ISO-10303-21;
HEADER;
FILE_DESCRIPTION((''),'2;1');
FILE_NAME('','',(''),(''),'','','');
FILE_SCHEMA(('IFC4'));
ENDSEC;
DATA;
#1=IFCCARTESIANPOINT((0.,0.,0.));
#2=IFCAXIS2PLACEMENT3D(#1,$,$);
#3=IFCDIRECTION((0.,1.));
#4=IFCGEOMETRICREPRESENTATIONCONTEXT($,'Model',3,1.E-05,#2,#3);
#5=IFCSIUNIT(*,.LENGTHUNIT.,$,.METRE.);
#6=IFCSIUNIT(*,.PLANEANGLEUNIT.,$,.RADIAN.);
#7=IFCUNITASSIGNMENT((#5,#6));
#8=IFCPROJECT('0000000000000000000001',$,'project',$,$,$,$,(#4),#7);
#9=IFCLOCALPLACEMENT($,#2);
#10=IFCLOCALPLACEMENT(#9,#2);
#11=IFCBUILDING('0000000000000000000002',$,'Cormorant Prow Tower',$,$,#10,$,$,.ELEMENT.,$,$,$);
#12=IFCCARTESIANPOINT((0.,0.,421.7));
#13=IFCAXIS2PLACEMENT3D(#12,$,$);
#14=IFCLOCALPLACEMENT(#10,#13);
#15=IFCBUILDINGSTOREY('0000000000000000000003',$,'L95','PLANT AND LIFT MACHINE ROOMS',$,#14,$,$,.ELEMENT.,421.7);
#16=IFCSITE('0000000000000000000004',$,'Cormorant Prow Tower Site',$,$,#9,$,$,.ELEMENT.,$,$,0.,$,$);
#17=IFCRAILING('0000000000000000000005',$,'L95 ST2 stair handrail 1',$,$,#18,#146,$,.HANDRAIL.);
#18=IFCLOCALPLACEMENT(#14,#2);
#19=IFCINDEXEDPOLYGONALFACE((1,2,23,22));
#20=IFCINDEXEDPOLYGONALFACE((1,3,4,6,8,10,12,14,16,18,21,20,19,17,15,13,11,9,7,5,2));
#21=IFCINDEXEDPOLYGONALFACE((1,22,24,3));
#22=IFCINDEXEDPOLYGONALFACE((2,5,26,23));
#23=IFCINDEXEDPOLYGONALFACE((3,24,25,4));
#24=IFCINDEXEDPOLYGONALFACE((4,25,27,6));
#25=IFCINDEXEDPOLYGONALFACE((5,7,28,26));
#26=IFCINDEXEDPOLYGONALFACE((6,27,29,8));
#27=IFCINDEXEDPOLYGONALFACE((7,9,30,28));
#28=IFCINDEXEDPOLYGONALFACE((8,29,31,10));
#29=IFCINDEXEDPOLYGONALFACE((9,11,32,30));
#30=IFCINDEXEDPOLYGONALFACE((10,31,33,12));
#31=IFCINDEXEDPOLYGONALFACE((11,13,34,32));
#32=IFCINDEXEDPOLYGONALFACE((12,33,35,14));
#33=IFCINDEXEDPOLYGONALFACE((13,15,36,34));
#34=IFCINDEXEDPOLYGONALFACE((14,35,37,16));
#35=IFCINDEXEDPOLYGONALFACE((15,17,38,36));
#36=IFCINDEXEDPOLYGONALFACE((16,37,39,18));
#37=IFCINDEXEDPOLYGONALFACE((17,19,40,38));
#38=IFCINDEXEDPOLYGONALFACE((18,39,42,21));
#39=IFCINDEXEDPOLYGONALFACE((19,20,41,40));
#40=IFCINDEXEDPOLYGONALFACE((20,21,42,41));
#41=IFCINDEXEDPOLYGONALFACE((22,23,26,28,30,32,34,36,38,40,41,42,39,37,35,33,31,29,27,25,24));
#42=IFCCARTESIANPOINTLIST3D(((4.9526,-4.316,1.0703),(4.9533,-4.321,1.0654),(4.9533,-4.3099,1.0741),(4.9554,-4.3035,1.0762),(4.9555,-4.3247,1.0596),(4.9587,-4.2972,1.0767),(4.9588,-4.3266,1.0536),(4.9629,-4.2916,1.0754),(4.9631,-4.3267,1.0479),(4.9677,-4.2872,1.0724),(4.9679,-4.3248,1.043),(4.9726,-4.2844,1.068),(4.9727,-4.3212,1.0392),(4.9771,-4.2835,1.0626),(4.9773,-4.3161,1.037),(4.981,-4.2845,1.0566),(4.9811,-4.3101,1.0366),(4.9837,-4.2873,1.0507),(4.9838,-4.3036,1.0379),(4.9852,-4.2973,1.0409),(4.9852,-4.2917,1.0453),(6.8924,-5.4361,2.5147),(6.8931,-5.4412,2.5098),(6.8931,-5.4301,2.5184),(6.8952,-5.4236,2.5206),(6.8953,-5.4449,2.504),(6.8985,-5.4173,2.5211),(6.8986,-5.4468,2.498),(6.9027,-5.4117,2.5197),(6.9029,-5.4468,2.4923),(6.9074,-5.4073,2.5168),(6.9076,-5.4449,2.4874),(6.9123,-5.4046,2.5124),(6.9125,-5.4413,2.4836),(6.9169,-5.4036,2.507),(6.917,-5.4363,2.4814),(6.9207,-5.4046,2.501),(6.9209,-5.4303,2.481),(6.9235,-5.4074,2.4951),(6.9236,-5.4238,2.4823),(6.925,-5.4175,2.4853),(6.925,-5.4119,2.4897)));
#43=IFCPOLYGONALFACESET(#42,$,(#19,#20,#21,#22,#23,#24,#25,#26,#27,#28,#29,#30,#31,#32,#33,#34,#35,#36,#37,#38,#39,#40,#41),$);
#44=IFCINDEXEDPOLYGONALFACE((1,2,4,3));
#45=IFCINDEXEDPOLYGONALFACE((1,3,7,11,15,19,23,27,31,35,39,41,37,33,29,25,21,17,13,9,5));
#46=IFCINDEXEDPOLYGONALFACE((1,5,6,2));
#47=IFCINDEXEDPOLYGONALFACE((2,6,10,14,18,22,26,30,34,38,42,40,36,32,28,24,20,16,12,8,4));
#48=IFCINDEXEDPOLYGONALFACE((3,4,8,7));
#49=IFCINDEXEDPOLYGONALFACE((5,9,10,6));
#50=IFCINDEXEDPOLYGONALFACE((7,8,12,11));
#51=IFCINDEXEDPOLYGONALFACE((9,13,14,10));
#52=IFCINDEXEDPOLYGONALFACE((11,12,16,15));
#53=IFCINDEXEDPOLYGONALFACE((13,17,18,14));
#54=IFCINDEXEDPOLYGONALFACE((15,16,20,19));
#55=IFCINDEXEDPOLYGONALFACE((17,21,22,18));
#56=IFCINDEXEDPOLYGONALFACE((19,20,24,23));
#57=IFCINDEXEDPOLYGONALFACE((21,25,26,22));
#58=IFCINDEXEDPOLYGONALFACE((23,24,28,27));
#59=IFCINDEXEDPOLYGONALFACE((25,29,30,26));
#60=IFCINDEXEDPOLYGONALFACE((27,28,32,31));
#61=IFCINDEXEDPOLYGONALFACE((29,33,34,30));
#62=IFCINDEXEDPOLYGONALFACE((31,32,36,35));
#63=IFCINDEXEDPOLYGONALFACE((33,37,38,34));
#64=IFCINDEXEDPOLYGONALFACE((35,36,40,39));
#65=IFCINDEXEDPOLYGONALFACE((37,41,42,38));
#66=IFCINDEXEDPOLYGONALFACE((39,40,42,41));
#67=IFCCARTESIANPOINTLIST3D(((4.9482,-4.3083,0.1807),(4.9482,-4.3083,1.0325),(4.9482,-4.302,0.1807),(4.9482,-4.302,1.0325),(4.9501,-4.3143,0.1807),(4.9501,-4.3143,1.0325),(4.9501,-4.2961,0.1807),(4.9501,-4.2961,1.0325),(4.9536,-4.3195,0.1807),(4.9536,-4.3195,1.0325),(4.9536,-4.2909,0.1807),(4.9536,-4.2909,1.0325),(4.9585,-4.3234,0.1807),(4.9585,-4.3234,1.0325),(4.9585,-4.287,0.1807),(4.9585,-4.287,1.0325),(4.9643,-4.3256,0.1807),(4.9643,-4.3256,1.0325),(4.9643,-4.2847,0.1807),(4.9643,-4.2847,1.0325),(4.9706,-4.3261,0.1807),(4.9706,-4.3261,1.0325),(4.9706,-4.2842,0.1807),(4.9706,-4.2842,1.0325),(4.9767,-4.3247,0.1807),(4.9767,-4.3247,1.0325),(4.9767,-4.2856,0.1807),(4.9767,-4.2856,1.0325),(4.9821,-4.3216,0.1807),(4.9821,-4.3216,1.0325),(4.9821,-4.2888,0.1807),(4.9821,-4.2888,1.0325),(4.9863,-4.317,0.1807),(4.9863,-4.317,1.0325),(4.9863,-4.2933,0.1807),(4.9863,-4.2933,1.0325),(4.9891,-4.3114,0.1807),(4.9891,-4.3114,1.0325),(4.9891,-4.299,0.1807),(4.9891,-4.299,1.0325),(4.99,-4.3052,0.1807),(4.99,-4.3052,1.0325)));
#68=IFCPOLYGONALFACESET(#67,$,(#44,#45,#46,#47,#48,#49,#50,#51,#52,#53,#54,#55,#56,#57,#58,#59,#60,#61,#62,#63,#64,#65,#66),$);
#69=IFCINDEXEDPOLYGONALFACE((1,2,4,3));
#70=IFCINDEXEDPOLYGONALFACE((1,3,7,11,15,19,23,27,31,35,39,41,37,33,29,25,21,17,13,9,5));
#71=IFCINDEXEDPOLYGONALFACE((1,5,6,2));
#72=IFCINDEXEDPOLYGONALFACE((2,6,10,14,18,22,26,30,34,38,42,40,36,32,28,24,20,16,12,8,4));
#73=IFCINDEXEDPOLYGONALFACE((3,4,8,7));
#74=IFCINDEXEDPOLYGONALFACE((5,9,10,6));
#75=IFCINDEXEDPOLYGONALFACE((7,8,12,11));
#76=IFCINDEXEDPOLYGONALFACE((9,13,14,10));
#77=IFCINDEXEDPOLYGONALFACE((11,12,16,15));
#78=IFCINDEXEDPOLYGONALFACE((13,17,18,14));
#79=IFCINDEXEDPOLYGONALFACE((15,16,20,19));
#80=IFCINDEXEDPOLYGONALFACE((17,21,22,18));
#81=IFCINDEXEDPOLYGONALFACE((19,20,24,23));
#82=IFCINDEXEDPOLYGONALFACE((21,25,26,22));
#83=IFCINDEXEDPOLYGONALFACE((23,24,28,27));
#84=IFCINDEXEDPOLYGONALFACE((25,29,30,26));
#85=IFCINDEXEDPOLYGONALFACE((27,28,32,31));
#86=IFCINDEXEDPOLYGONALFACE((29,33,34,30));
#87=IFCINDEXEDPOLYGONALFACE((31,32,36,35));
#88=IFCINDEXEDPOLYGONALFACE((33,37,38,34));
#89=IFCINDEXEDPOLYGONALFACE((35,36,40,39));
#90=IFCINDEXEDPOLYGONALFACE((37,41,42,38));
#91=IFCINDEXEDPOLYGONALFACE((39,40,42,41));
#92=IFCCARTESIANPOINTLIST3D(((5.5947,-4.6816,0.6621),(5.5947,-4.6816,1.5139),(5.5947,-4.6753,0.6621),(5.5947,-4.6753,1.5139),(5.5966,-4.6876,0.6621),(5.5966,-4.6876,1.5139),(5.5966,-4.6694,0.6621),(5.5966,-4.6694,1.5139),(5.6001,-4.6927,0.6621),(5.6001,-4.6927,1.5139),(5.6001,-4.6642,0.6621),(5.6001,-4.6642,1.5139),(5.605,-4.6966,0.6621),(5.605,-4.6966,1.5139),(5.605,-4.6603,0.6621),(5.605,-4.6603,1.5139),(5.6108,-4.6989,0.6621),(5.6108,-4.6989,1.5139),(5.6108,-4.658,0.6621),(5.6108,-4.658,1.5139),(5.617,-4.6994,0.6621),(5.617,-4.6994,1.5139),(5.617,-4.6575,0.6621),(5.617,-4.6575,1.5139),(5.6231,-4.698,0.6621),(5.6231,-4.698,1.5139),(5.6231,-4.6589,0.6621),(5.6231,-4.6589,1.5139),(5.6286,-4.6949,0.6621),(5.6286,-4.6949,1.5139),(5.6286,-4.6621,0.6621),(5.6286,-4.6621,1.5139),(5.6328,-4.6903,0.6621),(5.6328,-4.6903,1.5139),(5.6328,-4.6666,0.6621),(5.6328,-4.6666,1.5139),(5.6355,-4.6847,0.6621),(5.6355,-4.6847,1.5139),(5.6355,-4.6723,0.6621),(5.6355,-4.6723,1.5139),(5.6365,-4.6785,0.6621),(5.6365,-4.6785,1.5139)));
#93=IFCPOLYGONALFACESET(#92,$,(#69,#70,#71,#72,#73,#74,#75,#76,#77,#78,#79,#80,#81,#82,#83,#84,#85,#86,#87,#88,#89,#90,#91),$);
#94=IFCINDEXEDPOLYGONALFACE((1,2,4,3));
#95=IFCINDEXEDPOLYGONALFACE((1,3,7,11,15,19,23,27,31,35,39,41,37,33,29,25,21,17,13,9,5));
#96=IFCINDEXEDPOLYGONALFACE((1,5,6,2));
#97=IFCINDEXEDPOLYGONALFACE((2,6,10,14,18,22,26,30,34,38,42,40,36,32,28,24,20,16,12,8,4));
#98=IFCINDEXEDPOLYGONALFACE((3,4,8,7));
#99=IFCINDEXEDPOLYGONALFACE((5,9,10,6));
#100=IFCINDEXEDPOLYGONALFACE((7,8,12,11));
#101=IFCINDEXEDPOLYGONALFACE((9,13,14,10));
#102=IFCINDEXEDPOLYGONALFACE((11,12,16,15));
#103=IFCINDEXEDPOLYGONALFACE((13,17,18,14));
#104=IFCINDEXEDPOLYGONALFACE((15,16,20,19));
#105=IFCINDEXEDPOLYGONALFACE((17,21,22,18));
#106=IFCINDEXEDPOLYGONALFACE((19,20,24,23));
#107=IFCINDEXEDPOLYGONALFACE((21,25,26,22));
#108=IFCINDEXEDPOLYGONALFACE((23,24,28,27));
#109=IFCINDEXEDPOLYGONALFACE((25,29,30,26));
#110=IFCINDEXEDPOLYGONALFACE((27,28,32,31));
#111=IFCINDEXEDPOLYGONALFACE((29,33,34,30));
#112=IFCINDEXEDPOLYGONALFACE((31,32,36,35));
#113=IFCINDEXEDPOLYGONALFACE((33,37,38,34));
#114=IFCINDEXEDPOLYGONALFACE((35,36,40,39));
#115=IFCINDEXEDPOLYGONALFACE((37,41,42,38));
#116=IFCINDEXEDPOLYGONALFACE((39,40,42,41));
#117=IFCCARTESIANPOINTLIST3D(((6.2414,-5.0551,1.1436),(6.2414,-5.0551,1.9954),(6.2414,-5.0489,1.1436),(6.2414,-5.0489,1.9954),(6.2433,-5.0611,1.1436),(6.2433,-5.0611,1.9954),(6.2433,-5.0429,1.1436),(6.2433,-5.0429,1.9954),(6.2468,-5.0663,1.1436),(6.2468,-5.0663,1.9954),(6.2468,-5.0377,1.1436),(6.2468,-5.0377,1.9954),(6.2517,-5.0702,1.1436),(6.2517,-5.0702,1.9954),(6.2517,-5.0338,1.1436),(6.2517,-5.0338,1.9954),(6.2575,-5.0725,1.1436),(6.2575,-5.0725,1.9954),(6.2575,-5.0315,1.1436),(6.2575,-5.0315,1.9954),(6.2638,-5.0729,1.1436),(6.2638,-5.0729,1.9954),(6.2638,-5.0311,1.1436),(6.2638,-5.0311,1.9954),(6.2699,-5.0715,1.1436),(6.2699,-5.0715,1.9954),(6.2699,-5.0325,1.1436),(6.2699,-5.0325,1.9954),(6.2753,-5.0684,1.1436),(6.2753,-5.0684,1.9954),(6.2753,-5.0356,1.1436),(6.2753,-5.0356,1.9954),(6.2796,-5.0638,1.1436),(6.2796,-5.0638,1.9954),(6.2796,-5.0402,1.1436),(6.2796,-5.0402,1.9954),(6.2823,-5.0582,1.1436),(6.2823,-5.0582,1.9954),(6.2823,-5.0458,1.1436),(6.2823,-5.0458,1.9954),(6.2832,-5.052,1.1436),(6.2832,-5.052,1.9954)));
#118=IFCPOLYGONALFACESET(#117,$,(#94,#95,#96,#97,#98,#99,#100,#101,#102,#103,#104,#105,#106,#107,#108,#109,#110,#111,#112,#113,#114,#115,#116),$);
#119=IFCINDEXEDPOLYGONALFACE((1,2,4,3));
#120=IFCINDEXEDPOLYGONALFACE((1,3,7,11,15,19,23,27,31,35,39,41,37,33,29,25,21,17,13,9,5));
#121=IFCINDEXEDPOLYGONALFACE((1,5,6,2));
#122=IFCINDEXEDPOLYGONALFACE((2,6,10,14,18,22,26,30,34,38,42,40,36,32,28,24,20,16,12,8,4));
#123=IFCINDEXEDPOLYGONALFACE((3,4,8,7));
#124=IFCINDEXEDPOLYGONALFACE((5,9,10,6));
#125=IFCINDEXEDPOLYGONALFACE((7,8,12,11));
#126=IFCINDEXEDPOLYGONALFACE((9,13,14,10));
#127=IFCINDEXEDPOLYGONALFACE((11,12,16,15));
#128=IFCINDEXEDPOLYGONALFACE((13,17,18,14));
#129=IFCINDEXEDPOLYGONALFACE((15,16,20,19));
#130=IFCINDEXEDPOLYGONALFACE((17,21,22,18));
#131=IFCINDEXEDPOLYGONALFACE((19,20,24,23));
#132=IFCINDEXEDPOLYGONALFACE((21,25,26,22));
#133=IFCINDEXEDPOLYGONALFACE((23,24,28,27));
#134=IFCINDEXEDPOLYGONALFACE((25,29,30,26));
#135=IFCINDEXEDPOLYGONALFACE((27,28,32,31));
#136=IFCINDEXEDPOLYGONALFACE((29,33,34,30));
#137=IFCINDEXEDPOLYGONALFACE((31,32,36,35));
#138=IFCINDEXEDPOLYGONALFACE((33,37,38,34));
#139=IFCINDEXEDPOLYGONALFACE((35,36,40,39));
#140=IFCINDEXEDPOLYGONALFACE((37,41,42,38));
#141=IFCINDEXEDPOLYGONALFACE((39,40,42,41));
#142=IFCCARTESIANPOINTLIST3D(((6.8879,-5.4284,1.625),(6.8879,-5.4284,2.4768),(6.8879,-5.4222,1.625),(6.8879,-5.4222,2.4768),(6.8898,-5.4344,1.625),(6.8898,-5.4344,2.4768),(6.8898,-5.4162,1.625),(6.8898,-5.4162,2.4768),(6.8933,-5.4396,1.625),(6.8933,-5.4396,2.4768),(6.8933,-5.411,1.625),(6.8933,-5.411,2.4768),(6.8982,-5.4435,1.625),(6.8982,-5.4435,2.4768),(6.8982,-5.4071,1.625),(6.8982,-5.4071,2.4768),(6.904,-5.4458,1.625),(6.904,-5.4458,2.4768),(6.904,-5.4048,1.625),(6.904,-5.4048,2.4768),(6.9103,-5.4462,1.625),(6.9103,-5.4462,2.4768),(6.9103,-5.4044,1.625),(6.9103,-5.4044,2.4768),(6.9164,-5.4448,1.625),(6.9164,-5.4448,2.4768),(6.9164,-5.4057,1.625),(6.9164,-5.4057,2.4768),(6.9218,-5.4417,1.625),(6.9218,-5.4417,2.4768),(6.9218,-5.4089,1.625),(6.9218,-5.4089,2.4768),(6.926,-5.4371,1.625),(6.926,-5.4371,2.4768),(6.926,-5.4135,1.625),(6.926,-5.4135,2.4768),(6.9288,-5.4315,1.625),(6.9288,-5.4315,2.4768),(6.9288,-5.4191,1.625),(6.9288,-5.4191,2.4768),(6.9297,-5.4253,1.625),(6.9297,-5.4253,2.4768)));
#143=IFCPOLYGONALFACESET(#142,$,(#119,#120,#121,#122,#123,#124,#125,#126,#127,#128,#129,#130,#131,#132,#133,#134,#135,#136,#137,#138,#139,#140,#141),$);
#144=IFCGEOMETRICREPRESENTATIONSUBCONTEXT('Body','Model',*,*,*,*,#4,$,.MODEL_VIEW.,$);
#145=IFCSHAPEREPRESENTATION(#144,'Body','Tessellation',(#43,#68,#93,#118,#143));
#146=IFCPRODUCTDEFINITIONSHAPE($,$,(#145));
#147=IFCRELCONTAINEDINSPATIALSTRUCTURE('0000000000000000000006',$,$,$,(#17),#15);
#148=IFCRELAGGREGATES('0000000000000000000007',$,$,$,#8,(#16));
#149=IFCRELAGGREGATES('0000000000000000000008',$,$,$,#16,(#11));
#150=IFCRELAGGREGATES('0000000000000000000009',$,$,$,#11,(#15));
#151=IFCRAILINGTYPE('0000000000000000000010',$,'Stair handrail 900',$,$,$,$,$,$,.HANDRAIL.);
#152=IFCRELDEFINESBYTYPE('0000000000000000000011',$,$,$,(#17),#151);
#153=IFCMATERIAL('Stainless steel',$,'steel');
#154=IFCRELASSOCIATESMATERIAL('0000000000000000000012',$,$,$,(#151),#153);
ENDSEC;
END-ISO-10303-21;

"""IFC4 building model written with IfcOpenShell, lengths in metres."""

from ifc_helpers import new_model, si_unit, direction, frame, origin, origin_2d, place, context, subcontext, project, spatial, circle, extrude, material, type_object, element, save


model = new_model("IFC4")

# Units and contexts
model_context = context("Model", 3, precision=1e-05, world=origin(), true_north=direction((0.0, 1.0)))
body_context = subcontext(model_context, "Body", "Model", "MODEL_VIEW")
ifc_project = project(units=[si_unit("LENGTHUNIT", "METRE"), si_unit("PLANEANGLEUNIT", "RADIAN")], contexts=[model_context])

# Site, building, storey
site_placement = place(None, origin())
site = spatial("IfcSite", under=ifc_project, at=site_placement, Name="Cormorant Prow Tower Site", CompositionType="ELEMENT", RefElevation=0.0)
building_placement = place(site_placement, origin())
building = spatial("IfcBuilding", under=site, at=building_placement, Name="Cormorant Prow Tower", CompositionType="ELEMENT")
storey_placement = place(building_placement, frame((0.0, 0.0, 421.7)))
storey = spatial("IfcBuildingStorey", under=building, at=storey_placement, Name="L95", Description="PLANT AND LIFT MACHINE ROOMS", CompositionType="ELEMENT", Elevation=421.7)

# Railing
ifc_material_1 = material(Name="Stainless steel", Category="steel")
railing_type_1 = type_object("IfcRailingType", Name="Stair handrail 900", PredefinedType="HANDRAIL", material=ifc_material_1)
railing_1_placement = place(storey_placement, frame((4.969, -4.3052, 0.1807)))
element("IfcRailing", 1, at=railing_1_placement, inside=storey, type_object=railing_type_1, Name="L95 ST2 stair handrail 1", PredefinedType="HANDRAIL", context=body_context, shape_type="SweptSolid", body=[
    extrude(circle(Radius=0.0239, at=origin_2d()), frame((0.0, 0.0, 0.876), z_axis=(0.727792, -0.420278, 0.541928), x_axis=(0.500078, 0.86598, 0.0)), (0.0, 0.0, 1.0), 2.6653),
    extrude(circle(Radius=0.021, at=origin_2d()), origin(), (0.0, 0.0, 1.0), 0.8518),
    extrude(circle(Radius=0.021, at=origin_2d()), frame((0.6465, -0.3733, 0.4814)), (0.0, 0.0, 1.0), 0.8518),
    extrude(circle(Radius=0.021, at=origin_2d()), frame((1.2932, -0.7468, 0.9629)), (0.0, 0.0, 1.0), 0.8518),
    extrude(circle(Radius=0.021, at=origin_2d()), frame((1.9397, -1.1201, 1.4443)), (0.0, 0.0, 1.0), 0.8518),
])

save(model, "model.ifc")
